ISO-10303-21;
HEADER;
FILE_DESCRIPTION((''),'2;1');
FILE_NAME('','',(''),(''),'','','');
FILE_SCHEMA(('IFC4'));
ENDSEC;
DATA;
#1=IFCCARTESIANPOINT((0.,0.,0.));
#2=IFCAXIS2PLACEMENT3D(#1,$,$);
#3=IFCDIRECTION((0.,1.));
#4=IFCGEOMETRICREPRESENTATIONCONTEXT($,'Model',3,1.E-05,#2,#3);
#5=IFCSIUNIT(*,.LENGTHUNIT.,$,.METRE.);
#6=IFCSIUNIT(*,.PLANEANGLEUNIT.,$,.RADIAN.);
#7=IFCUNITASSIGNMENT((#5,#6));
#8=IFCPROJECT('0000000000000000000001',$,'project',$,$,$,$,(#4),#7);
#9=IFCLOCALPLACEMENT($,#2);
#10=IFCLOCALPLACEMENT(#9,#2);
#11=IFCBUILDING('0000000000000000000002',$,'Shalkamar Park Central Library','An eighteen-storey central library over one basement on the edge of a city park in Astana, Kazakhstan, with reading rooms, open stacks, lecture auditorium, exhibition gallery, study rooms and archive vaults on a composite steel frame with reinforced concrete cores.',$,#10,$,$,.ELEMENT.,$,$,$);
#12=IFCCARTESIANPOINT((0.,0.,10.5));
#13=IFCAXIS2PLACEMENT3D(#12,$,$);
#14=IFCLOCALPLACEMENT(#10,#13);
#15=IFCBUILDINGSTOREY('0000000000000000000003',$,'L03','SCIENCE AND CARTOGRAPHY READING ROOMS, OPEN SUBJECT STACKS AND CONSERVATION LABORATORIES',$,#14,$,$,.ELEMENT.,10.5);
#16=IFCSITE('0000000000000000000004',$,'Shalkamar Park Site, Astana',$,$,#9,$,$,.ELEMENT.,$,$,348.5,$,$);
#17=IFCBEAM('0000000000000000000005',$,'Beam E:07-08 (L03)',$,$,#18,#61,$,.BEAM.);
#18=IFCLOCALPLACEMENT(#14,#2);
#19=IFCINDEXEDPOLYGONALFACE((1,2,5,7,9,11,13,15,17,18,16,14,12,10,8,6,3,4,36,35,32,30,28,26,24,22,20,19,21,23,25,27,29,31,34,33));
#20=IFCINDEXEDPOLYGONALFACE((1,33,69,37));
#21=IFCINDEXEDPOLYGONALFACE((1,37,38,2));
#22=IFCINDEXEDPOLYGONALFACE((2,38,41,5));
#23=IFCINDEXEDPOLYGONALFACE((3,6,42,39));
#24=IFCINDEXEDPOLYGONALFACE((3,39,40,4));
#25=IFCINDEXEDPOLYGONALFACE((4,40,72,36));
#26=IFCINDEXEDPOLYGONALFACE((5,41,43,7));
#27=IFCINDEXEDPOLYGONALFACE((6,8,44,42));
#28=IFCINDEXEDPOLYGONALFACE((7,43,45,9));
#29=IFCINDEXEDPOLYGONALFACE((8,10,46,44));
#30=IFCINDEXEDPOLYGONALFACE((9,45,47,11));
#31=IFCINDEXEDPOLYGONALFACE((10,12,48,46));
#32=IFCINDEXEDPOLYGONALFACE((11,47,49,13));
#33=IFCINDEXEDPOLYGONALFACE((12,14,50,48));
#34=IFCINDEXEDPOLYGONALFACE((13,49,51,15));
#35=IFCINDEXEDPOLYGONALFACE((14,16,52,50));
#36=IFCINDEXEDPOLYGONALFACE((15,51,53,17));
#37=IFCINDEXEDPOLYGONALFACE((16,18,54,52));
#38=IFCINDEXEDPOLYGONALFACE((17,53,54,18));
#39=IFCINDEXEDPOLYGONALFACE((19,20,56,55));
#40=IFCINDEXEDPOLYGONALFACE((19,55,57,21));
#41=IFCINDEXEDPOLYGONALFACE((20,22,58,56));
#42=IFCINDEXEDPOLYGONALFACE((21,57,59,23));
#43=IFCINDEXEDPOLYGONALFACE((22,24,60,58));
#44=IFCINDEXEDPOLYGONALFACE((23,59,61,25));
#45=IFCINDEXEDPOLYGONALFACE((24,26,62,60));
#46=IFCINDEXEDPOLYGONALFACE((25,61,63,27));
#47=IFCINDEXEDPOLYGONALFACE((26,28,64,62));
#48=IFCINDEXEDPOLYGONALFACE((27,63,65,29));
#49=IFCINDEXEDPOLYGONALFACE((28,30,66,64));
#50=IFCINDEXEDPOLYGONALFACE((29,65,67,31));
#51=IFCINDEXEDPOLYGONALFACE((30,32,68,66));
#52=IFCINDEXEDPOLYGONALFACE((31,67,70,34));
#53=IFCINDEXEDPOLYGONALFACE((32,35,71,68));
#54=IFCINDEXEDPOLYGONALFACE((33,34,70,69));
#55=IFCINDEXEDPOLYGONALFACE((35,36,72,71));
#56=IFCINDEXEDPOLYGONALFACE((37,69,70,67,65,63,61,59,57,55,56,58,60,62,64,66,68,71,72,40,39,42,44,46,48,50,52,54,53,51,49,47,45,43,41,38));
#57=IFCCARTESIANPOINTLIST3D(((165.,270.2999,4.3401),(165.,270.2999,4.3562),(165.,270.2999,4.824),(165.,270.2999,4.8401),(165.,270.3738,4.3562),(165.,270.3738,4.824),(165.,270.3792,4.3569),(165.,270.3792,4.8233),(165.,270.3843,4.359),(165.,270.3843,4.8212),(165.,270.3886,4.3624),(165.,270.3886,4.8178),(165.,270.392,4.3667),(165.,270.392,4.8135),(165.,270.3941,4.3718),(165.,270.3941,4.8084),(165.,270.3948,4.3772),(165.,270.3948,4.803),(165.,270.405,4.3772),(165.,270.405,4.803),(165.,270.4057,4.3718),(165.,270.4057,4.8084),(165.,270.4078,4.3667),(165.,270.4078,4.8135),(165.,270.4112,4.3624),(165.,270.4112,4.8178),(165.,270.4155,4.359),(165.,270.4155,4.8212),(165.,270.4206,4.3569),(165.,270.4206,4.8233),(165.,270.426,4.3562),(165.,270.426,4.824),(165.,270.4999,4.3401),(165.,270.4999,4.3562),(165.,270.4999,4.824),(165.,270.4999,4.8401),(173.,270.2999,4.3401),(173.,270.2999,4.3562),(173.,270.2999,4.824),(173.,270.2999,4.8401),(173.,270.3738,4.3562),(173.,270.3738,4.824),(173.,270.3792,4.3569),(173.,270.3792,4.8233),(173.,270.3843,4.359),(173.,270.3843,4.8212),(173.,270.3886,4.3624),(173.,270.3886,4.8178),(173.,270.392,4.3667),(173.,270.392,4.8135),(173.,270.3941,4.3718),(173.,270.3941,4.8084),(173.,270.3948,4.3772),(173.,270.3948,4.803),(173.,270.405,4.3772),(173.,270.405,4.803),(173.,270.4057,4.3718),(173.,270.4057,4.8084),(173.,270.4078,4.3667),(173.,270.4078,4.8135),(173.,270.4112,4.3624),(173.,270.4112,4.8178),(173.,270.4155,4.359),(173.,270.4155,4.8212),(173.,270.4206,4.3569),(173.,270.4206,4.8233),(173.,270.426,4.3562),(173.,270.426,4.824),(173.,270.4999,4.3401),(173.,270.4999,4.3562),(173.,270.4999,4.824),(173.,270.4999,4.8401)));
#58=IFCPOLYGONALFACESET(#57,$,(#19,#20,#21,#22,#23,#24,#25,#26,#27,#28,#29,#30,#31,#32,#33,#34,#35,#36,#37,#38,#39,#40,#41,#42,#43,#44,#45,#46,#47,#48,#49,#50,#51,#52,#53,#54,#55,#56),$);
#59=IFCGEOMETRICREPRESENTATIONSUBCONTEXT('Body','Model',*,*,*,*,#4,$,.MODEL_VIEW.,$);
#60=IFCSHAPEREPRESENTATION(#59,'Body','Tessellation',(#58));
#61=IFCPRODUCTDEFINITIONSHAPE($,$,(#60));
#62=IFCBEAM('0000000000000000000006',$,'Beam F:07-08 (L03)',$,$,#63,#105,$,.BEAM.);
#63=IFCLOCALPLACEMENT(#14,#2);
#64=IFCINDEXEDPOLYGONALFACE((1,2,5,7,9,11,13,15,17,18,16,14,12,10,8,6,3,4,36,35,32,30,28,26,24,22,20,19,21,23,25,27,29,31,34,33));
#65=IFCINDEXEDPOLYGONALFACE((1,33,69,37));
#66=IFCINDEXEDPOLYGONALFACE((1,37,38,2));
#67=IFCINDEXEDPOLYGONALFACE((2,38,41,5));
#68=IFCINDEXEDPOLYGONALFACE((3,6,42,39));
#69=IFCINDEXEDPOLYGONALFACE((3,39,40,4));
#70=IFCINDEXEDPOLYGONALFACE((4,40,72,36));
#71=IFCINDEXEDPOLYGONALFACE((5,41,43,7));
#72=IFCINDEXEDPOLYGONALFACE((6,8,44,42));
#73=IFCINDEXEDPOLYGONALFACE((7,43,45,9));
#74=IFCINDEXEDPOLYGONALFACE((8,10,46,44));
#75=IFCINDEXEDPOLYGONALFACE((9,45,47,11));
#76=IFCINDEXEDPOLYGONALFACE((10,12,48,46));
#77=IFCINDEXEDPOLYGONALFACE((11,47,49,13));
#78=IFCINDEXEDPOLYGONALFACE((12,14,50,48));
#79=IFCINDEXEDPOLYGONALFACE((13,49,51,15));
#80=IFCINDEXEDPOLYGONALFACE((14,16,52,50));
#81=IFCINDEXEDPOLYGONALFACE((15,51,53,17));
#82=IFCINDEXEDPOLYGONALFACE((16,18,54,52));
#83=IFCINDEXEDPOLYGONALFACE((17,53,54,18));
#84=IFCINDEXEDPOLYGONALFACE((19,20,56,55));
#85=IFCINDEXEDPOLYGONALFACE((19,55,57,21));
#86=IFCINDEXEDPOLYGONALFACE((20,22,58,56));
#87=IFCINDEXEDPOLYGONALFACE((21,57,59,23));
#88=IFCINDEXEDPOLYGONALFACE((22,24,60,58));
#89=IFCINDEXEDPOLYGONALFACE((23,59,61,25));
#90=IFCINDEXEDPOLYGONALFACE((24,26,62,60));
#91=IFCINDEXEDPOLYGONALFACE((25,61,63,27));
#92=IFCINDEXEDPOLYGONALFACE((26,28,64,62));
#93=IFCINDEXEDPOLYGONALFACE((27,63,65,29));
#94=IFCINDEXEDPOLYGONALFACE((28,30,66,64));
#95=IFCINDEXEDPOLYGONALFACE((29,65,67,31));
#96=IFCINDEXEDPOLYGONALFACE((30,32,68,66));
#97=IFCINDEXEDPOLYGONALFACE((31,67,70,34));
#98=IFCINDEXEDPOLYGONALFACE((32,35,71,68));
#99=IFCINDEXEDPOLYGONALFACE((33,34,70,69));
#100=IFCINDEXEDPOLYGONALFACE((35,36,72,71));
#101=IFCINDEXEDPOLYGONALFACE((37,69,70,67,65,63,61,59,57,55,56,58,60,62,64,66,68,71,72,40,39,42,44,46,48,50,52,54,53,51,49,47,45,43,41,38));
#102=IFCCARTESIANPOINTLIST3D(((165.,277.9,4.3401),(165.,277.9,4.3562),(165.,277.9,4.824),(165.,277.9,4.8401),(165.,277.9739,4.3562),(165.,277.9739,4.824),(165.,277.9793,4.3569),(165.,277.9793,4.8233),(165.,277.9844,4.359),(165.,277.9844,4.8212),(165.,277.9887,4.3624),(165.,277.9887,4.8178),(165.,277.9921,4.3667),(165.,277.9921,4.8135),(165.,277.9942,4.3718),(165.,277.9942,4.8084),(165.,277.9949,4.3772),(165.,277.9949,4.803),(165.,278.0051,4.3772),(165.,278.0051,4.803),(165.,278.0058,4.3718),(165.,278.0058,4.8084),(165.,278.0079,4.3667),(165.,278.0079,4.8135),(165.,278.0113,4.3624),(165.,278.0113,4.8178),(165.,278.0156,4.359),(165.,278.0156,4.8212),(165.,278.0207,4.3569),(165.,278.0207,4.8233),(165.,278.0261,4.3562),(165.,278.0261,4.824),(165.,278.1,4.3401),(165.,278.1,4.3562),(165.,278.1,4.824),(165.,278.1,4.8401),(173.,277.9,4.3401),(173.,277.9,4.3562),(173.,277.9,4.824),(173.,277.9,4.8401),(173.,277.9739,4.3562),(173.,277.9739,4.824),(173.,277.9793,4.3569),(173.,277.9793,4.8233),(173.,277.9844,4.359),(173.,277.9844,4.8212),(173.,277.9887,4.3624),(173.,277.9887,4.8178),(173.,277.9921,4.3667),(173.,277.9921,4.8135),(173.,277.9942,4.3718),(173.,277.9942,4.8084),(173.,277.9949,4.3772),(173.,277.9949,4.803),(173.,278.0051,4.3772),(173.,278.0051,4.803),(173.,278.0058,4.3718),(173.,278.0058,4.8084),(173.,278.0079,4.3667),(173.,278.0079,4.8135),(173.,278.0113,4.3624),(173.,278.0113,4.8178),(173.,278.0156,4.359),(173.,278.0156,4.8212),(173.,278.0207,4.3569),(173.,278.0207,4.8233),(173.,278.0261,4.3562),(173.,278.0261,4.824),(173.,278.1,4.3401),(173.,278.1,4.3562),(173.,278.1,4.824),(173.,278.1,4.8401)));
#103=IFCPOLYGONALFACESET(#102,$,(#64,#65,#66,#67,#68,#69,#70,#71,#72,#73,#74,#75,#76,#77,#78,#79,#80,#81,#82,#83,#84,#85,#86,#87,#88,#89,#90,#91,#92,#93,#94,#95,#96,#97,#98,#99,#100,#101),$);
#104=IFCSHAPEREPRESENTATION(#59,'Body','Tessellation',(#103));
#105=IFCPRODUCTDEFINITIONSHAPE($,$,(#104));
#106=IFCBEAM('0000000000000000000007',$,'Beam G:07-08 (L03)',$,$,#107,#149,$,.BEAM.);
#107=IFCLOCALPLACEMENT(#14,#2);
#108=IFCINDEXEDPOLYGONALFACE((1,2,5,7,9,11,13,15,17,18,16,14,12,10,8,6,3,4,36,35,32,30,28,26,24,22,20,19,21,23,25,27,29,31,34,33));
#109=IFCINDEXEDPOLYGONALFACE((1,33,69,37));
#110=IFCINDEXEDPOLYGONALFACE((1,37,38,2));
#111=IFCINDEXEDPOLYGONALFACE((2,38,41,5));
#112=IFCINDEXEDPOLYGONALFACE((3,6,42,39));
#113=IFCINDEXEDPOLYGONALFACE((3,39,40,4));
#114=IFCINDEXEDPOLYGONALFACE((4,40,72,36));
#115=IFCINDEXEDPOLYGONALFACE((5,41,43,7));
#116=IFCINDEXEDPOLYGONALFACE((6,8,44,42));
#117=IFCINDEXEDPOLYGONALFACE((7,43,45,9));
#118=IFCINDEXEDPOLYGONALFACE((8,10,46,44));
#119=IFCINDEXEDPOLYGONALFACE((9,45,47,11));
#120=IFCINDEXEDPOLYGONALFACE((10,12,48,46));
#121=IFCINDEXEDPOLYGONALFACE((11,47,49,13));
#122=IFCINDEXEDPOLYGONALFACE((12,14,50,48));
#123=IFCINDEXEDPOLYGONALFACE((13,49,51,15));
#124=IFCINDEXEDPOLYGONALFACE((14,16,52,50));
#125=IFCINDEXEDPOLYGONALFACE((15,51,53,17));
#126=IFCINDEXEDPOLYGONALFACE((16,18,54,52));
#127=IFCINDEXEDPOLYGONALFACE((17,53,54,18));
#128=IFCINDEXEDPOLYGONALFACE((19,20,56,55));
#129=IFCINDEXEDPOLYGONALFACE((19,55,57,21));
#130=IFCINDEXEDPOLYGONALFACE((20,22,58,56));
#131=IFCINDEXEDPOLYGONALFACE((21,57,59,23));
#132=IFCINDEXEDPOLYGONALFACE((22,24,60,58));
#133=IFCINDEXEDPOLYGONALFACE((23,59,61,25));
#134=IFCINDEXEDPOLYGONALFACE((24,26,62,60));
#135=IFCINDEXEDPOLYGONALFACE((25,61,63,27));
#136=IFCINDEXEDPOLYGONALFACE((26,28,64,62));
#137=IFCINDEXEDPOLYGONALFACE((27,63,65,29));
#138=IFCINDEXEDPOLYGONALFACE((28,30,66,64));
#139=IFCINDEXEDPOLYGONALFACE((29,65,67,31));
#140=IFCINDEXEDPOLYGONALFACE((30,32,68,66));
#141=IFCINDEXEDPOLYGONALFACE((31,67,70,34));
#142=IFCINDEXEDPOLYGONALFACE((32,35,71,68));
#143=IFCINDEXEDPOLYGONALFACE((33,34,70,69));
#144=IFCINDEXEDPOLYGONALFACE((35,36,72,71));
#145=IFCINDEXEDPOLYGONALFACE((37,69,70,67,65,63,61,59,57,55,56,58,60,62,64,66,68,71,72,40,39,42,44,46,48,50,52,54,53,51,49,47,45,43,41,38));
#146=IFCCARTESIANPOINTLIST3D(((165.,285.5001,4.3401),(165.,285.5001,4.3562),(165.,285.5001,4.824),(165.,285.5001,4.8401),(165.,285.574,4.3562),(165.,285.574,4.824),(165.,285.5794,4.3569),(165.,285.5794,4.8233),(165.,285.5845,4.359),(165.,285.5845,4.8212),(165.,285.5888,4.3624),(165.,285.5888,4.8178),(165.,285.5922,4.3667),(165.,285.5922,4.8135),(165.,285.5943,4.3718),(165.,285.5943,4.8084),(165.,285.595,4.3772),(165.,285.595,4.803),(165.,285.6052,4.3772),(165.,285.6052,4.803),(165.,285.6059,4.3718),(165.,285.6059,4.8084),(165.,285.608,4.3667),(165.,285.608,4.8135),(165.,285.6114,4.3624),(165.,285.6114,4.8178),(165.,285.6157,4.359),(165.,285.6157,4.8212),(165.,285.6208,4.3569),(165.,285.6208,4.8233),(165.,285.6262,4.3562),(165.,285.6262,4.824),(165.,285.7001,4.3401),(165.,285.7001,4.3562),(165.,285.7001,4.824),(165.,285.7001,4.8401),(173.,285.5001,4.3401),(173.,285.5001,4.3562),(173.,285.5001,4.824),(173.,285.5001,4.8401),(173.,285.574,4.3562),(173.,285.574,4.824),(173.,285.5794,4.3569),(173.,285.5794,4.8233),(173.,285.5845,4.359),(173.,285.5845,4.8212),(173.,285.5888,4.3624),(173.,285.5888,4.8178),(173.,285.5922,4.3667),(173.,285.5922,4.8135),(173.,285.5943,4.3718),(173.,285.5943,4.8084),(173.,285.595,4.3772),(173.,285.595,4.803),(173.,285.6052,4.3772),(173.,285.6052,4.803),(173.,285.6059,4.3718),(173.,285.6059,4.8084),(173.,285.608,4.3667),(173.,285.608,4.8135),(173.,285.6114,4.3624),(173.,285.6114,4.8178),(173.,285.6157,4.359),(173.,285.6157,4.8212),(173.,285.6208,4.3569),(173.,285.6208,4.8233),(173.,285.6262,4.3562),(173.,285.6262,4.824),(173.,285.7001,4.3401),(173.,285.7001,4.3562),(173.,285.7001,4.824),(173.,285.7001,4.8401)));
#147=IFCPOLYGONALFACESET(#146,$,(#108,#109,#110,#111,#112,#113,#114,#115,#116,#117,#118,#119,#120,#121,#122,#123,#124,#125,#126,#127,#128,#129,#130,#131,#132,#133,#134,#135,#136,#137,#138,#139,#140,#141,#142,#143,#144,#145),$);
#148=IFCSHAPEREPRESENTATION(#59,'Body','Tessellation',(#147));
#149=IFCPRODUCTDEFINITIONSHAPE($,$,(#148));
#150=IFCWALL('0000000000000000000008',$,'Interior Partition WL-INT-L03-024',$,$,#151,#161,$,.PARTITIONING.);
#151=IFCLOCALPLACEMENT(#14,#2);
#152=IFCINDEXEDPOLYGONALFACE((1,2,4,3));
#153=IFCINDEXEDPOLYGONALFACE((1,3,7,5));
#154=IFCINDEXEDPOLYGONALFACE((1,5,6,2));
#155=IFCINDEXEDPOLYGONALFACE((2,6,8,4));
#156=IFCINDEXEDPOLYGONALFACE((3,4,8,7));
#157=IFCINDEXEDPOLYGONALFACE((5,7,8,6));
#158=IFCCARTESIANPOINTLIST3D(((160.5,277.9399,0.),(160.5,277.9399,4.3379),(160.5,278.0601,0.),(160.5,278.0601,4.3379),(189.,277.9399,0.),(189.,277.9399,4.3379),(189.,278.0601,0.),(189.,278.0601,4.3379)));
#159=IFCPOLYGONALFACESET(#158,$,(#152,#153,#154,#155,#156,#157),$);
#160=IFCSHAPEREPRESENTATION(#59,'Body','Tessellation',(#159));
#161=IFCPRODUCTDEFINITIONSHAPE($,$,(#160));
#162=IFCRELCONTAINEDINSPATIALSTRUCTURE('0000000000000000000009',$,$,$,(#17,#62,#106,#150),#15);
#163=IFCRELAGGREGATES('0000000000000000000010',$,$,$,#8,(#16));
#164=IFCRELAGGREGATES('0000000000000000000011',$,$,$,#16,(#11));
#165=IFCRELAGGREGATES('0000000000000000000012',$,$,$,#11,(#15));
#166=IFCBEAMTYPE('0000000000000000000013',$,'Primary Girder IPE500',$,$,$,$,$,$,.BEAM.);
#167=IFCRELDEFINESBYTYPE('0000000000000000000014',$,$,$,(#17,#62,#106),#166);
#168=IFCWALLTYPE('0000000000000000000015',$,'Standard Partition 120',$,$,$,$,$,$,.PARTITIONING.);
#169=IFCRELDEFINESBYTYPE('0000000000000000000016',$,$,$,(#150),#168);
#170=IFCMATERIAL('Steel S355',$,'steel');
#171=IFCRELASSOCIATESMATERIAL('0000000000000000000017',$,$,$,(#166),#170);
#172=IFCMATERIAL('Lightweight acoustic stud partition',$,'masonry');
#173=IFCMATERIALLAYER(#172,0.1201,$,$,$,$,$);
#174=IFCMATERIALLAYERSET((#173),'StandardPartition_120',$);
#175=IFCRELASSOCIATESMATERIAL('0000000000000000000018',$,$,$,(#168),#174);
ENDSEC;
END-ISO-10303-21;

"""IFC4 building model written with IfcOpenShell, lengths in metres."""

from ifc_helpers import new_model, si_unit, direction, frame, frame_2d, origin, origin_2d, place, context, subcontext, project, spatial, rectangle, i_section, extrude, material, layer, layer_set, material_profile, profile_set, type_object, element, save


model = new_model("IFC4")

# Units and contexts
model_context = context("Model", 3, precision=1e-05, world=origin(), true_north=direction((0.0, 1.0)))
body_context = subcontext(model_context, "Body", "Model", "MODEL_VIEW")
ifc_project = project(units=[si_unit("LENGTHUNIT", "METRE"), si_unit("PLANEANGLEUNIT", "RADIAN")], contexts=[model_context])

# Site, building, storey
site_placement = place(None, origin())
site = spatial("IfcSite", under=ifc_project, at=site_placement, Name="Shalkamar Park Site, Astana", CompositionType="ELEMENT", RefElevation=348.5)
building_placement = place(site_placement, origin())
building = spatial("IfcBuilding", under=site, at=building_placement, Name="Shalkamar Park Central Library", Description="An eighteen-storey central library over one basement on the edge of a city park in Astana, Kazakhstan, with reading rooms, open stacks, lecture auditorium, exhibition gallery, study rooms and archive vaults on a composite steel frame with reinforced concrete cores.", CompositionType="ELEMENT")
storey_placement = place(building_placement, frame((0.0, 0.0, 10.5)))
storey = spatial("IfcBuildingStorey", under=building, at=storey_placement, Name="L03", Description="SCIENCE AND CARTOGRAPHY READING ROOMS, OPEN SUBJECT STACKS AND CONSERVATION LABORATORIES", CompositionType="ELEMENT", Elevation=10.5)

# Shared definitions
ifc_material_1 = material(Name="Steel S355", Category="steel")

# Beams
ifc_material_profile_1 = material_profile(ifc_material_1, i_section(OverallWidth=0.2, OverallDepth=0.5, WebThickness=0.0103, FlangeThickness=0.0161, FilletRadius=0.021, at=origin_2d()), Name="IPE 500")
ifc_profile_set_1 = profile_set([ifc_material_profile_1], Name="Steel S355")
beam_type_1 = type_object("IfcBeamType", Name="Primary Girder IPE500", PredefinedType="BEAM", material=ifc_profile_set_1)
for number, where, z_axis, x_axis, name in (
    (1, (165.0, 270.3999, 4.5901), (1.0, 0.0, 0.0), (0.0, 1.0, 0.0), "Beam E:07-08 (L03)"),
    (2, (165.0, 278.0, 4.5901), (1.0, 0.0, 0.0), (0.0, 1.0, 0.0), "Beam F:07-08 (L03)"),
    (3, (165.0, 285.6001, 4.5901), (1.0, 0.0, 0.0), (0.0, 1.0, 0.0), "Beam G:07-08 (L03)"),
):
    element("IfcBeam", number, at=place(storey_placement, frame(where, z_axis=z_axis, x_axis=x_axis)), inside=storey, type_object=beam_type_1, Name=name, PredefinedType="BEAM", context=body_context, shape_type="SweptSolid", body=[
        extrude(i_section(OverallWidth=0.2, OverallDepth=0.5, WebThickness=0.0103, FlangeThickness=0.0161, FilletRadius=0.021, at=origin_2d()), origin(), (0.0, 0.0, 1.0), 8.0),
    ])

# Wall
ifc_material_2 = material(Name="Lightweight acoustic stud partition", Category="masonry")
ifc_layer = layer(ifc_material_2, 0.1201)
ifc_layer_set = layer_set([ifc_layer], Name="StandardPartition_120")
wall_type = type_object("IfcWallType", Name="Standard Partition 120", PredefinedType="PARTITIONING", material=ifc_layer_set)
wall_placement = place(storey_placement, frame((160.5, 278.0, 0.0), z_axis=(0.0, 0.0, 1.0), x_axis=(1.0, 0.0, 0.0)))
element("IfcWall", 4, at=wall_placement, inside=storey, type_object=wall_type, Name="Interior Partition WL-INT-L03-024", PredefinedType="PARTITIONING", context=body_context, shape_type="SweptSolid", body=[
    extrude(rectangle(XDim=28.5, YDim=0.1201, at=frame_2d((14.25, 0.0))), origin(), (0.0, 0.0, 1.0), 4.3379),
])

save(model, "model.ifc")
